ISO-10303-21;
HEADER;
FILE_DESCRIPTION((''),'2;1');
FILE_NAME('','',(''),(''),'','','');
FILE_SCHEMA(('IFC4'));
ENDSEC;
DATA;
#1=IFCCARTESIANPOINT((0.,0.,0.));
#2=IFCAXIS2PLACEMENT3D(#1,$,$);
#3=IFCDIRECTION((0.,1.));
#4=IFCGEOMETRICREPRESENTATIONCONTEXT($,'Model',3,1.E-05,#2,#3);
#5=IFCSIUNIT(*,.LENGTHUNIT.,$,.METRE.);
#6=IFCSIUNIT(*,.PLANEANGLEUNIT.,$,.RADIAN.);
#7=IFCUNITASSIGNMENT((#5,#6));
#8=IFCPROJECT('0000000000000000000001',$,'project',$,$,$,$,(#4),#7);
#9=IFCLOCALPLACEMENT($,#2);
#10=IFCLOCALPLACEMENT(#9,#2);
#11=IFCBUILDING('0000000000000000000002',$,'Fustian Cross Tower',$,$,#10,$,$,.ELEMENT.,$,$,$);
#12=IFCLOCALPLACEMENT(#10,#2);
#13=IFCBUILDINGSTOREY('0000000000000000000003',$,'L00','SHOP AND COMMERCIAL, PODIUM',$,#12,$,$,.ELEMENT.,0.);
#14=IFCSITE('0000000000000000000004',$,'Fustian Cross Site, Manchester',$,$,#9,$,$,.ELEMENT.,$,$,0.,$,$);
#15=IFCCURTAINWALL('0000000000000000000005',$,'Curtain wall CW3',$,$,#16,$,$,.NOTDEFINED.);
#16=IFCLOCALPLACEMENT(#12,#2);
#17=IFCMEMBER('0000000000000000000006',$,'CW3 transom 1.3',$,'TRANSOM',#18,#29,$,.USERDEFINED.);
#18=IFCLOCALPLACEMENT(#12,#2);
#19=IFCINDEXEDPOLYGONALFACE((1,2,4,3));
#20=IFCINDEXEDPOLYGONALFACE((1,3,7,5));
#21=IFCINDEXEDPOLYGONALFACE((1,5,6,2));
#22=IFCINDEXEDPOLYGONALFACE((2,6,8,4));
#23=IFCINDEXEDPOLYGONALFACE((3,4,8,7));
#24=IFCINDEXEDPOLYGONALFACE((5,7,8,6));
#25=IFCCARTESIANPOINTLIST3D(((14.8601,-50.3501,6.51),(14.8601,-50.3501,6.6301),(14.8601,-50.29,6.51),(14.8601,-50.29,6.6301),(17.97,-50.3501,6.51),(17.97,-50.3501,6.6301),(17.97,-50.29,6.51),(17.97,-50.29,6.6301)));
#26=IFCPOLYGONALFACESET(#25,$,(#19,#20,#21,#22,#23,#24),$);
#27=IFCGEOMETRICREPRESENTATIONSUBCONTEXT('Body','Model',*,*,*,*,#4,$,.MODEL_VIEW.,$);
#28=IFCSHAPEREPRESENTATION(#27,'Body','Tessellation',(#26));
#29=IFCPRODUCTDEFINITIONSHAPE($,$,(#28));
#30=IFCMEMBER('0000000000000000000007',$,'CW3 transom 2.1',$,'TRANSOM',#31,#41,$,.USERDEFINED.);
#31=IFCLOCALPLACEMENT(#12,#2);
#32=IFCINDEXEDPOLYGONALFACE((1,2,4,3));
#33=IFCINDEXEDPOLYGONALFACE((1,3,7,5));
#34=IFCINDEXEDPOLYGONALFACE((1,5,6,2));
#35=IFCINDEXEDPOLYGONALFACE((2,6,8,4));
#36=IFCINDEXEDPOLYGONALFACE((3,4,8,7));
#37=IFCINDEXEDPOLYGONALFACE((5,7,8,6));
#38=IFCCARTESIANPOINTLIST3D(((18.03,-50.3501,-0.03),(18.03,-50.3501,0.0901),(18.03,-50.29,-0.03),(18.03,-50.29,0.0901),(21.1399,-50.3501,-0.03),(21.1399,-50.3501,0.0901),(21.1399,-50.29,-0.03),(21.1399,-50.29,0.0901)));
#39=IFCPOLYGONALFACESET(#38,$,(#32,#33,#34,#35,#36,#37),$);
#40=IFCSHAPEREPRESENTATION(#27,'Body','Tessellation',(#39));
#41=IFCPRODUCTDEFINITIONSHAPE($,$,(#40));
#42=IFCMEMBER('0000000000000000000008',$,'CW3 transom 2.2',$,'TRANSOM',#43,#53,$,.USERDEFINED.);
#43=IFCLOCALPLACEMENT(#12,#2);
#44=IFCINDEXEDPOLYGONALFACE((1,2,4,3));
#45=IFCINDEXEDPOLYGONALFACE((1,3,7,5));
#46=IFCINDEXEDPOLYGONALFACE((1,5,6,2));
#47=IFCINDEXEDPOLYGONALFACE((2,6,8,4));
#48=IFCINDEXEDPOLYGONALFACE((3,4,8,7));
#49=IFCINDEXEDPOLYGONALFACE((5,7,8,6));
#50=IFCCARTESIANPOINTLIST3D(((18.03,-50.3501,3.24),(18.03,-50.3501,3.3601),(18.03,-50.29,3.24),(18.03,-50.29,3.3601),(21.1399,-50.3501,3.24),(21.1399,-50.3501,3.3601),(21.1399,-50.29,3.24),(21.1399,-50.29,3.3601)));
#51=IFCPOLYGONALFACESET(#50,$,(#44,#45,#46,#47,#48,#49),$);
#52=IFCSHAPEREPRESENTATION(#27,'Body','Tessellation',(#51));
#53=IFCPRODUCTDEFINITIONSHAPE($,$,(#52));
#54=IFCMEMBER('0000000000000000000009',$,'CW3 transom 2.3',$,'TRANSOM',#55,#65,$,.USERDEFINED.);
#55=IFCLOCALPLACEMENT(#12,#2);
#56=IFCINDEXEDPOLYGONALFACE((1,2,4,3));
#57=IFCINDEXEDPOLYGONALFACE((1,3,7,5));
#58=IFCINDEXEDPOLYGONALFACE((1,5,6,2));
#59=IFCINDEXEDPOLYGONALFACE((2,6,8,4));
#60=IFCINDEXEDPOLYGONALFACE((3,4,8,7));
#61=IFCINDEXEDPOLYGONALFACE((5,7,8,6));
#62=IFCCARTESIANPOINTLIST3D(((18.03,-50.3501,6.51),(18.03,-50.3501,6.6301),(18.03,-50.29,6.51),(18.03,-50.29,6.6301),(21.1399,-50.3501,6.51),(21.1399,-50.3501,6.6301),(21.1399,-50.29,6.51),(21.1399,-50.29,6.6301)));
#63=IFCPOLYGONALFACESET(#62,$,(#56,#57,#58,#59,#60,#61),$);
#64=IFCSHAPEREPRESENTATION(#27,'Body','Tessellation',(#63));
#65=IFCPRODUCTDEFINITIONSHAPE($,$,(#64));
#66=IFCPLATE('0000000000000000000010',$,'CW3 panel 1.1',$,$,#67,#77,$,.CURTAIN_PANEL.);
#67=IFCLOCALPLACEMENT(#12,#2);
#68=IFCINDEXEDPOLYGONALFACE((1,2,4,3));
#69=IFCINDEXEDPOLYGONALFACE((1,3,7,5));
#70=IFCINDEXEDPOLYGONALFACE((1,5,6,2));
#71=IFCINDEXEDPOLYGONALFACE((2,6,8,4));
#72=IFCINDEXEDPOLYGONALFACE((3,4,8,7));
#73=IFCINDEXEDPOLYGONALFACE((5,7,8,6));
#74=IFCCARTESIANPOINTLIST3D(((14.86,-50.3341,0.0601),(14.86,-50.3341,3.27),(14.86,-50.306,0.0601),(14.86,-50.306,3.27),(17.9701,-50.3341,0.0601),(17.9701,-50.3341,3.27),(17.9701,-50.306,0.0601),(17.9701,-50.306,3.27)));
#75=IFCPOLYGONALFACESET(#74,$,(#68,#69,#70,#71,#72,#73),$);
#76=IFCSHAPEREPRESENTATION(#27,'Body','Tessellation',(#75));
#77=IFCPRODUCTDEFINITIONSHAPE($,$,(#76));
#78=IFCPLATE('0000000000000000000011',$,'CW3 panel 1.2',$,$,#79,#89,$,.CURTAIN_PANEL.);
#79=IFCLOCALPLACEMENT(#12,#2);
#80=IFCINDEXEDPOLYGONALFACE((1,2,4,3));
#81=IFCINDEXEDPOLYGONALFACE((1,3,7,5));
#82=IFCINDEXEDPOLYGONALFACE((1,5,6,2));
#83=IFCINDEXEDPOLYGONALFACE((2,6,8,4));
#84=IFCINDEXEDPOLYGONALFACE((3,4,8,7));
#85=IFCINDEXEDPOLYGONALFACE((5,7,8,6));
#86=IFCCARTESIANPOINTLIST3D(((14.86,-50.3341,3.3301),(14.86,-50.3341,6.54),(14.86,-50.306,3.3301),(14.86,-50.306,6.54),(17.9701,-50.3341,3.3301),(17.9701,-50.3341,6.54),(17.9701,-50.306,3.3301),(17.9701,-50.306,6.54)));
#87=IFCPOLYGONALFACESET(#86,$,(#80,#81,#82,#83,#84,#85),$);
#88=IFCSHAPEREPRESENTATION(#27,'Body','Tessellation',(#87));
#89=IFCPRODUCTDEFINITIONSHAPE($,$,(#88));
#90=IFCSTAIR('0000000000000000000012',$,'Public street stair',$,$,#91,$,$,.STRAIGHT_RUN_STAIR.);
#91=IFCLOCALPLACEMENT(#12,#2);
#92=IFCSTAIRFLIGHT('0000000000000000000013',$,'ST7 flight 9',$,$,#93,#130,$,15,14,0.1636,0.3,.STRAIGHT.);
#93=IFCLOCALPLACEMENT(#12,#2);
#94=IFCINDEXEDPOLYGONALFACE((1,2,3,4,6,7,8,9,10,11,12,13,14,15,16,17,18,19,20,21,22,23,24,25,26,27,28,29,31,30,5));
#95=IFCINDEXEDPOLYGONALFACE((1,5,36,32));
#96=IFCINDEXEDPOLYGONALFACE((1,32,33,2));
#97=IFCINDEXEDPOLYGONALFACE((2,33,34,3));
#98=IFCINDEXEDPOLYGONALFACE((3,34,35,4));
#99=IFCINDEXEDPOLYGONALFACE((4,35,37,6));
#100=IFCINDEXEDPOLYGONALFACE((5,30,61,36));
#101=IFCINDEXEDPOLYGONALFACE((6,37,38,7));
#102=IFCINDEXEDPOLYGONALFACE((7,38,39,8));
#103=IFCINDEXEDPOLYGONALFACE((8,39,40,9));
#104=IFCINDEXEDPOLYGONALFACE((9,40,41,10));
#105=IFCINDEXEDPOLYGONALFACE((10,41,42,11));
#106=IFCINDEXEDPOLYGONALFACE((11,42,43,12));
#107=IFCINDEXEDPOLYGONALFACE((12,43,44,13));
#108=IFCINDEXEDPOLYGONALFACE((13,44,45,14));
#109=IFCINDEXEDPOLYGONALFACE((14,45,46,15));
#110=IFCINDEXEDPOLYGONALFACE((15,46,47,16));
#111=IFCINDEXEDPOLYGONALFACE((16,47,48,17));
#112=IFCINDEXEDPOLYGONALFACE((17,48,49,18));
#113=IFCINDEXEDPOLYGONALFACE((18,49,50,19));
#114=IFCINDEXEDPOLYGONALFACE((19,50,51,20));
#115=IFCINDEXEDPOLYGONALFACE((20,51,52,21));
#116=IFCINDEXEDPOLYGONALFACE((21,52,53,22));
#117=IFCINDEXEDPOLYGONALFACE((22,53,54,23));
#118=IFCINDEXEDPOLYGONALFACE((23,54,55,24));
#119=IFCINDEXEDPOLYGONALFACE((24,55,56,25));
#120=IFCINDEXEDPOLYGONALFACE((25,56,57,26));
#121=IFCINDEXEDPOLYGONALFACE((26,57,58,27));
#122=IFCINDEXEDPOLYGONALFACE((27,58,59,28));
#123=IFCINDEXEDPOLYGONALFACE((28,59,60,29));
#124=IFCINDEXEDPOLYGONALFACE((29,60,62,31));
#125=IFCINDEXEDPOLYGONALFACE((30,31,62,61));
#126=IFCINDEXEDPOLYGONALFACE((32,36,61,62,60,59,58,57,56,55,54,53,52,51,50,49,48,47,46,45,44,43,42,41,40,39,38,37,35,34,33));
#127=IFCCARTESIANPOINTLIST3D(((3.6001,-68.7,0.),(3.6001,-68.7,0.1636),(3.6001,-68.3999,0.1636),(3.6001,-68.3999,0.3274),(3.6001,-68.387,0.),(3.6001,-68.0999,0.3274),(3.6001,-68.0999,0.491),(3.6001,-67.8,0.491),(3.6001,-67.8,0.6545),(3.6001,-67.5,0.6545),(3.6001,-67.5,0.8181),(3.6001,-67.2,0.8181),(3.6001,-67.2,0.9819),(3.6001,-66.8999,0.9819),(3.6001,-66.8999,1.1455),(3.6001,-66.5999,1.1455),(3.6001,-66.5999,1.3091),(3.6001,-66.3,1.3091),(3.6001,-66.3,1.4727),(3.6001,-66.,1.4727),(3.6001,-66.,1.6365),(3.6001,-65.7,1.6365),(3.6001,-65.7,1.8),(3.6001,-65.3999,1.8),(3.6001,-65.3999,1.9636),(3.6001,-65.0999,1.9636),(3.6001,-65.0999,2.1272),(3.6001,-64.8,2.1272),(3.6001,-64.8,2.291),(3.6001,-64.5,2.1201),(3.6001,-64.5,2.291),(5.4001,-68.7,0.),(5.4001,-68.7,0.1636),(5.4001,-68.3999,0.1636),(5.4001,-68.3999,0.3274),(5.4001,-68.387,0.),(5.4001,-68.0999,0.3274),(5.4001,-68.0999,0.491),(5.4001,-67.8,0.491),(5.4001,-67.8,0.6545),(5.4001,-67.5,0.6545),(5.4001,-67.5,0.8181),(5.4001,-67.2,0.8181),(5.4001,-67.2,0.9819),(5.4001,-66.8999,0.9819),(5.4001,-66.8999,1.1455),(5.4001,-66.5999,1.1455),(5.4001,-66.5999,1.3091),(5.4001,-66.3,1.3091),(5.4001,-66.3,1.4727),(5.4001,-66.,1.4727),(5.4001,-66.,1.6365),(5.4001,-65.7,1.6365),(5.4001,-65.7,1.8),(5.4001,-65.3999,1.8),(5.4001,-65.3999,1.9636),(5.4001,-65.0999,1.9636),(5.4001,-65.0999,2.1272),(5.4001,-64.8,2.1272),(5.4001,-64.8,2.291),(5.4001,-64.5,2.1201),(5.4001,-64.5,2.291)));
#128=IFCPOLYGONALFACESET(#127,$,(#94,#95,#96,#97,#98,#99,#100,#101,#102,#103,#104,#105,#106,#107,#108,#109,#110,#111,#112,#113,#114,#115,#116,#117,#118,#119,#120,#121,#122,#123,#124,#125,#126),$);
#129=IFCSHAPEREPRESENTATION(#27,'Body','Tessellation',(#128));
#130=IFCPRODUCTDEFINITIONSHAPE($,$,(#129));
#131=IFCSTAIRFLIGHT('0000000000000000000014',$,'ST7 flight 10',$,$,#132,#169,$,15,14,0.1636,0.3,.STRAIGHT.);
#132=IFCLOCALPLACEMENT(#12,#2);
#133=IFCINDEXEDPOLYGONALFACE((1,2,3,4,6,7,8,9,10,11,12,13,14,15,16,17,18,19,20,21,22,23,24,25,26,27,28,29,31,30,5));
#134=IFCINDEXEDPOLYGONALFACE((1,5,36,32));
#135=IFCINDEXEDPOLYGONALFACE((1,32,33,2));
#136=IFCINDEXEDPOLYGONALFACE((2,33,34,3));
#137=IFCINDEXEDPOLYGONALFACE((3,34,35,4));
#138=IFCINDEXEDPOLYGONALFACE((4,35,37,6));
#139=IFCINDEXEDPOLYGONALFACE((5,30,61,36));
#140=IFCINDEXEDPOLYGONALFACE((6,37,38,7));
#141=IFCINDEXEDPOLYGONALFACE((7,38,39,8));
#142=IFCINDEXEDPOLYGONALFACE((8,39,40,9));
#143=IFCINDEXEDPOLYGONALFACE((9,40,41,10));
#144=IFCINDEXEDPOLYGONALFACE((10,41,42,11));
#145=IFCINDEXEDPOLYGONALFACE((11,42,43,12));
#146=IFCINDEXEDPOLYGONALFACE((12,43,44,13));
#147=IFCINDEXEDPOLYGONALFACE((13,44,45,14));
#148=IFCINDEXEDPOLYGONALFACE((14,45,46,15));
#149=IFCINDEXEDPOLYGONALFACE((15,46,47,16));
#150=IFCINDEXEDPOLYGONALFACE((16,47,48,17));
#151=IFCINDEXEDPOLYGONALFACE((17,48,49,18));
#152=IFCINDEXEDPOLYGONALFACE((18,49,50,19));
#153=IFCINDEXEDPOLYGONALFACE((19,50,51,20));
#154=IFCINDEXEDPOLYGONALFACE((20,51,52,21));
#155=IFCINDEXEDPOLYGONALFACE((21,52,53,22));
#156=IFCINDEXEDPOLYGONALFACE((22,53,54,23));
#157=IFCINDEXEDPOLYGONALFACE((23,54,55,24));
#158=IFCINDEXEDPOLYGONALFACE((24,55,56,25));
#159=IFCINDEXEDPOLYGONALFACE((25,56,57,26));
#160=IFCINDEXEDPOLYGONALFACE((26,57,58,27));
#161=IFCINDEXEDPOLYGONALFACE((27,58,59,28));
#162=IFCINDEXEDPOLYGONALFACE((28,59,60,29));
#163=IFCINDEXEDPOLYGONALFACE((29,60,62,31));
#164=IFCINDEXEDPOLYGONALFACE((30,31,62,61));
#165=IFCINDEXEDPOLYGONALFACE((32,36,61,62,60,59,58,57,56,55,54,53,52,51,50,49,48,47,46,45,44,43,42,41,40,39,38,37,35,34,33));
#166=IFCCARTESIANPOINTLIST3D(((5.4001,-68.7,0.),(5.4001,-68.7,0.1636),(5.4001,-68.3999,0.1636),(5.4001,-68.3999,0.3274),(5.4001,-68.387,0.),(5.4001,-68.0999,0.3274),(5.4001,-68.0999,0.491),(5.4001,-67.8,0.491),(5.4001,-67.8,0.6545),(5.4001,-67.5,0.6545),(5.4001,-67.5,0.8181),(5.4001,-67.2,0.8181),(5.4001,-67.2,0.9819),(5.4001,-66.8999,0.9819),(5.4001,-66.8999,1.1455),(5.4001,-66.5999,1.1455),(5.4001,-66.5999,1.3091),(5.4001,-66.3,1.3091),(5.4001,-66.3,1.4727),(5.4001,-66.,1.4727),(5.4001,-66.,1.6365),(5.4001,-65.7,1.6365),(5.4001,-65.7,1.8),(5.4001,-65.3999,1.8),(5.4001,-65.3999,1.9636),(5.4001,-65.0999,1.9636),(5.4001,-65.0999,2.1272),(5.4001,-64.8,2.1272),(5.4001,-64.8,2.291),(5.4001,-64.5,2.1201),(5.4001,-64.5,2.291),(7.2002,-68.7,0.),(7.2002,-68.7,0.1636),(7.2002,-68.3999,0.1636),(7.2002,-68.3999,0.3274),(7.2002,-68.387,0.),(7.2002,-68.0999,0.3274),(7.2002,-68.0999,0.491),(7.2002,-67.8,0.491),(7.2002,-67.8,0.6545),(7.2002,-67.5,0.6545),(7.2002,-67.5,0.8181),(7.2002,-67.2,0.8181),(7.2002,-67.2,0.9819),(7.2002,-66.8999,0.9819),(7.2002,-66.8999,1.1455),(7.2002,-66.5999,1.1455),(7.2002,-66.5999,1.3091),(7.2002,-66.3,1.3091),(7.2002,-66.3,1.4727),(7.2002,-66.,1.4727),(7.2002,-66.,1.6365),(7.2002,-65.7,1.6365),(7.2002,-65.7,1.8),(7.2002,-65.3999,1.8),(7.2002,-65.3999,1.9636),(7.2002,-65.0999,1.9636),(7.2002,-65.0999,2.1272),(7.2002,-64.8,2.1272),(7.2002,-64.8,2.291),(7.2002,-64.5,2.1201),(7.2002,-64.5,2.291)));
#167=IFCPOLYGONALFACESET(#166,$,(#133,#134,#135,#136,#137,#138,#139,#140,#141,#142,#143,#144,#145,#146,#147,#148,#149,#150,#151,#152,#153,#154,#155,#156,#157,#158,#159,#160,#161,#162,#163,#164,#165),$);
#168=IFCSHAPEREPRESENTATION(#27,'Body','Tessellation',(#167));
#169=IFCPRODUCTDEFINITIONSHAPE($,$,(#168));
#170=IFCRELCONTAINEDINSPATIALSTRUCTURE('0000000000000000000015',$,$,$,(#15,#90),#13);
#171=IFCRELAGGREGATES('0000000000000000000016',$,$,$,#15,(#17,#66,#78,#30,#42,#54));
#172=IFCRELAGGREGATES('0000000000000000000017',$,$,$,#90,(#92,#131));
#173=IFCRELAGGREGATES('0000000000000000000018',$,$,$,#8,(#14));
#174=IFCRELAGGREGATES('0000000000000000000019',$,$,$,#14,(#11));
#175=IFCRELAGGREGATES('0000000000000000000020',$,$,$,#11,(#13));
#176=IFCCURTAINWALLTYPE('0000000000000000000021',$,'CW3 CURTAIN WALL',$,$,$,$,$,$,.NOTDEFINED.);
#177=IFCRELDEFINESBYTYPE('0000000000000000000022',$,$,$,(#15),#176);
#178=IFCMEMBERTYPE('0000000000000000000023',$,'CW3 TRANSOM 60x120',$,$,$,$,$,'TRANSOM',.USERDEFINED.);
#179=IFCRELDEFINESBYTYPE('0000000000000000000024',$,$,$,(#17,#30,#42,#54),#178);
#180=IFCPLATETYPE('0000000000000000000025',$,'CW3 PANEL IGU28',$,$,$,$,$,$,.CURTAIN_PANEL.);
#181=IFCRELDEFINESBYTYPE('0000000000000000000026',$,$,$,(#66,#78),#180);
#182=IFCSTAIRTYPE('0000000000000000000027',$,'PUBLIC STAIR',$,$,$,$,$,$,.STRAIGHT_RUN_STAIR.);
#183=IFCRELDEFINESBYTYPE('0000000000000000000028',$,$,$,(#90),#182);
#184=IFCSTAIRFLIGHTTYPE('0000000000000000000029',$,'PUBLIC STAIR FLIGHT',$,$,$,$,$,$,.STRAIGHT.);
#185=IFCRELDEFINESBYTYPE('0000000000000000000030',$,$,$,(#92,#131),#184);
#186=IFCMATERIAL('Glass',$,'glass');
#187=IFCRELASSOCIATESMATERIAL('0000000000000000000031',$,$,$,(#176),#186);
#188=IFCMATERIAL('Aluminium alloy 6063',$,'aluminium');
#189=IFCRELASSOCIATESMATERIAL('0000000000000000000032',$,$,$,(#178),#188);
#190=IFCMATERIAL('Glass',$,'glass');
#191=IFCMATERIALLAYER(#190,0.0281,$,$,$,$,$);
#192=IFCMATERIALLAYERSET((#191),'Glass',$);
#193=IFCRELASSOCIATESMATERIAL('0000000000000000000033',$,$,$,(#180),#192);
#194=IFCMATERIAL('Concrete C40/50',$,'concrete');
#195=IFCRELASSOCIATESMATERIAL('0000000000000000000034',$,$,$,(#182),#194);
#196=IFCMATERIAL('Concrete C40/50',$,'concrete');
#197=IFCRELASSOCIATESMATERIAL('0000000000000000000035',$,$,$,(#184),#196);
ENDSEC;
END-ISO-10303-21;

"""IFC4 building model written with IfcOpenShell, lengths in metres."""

from ifc_helpers import new_model, si_unit, direction, frame, origin, origin_2d, place, context, subcontext, project, spatial, polyline, rectangle, outline, extrude, material, layer, layer_set, material_profile, profile_set, type_object, element, aggregate, save


model = new_model("IFC4")

# Units and contexts
model_context = context("Model", 3, precision=1e-05, world=origin(), true_north=direction((0.0, 1.0)))
body_context = subcontext(model_context, "Body", "Model", "MODEL_VIEW")
ifc_project = project(units=[si_unit("LENGTHUNIT", "METRE"), si_unit("PLANEANGLEUNIT", "RADIAN")], contexts=[model_context])

# Site, building, storey
site_placement = place(None, origin())
site = spatial("IfcSite", under=ifc_project, at=site_placement, Name="Fustian Cross Site, Manchester", CompositionType="ELEMENT", RefElevation=0.0)
building_placement = place(site_placement, origin())
building = spatial("IfcBuilding", under=site, at=building_placement, Name="Fustian Cross Tower", CompositionType="ELEMENT")
storey_placement = place(building_placement, origin())
storey = spatial("IfcBuildingStorey", under=building, at=storey_placement, Name="L00", Description="SHOP AND COMMERCIAL, PODIUM", CompositionType="ELEMENT", Elevation=0.0)

# Curtain wall, members, plates
ifc_material_1 = material(Name="Glass", Category="glass")
curtain_wall_type = type_object("IfcCurtainWallType", Name="CW3 CURTAIN WALL", PredefinedType="NOTDEFINED", material=ifc_material_1)
curtain_wall_placement = place(storey_placement, origin())
curtain_wall = element("IfcCurtainWall", 1, at=curtain_wall_placement, inside=storey, type_object=curtain_wall_type, Name="Curtain wall CW3", PredefinedType="NOTDEFINED")
ifc_material_2 = material(Name="Aluminium alloy 6063", Category="aluminium")
ifc_material_profile_1 = material_profile(ifc_material_2, rectangle(XDim=0.0601, YDim=0.1201, at=origin_2d()), Name="CW3 TRANSOM 60x120")
ifc_profile_set_1 = profile_set([ifc_material_profile_1], Name="Aluminium alloy 6063")
member_type_1 = type_object("IfcMemberType", Name="CW3 TRANSOM 60x120", ElementType="TRANSOM", PredefinedType="USERDEFINED", material=ifc_profile_set_1)
member_1_placement = place(storey_placement, frame((14.8601, -50.3201, 6.5701), z_axis=(1.0, 0.0, 0.0), x_axis=(0.0, 1.0, 0.0)))
member_1 = element("IfcMember", 2, at=member_1_placement, type_object=member_type_1, Name="CW3 transom 1.3", ObjectType="TRANSOM", PredefinedType="USERDEFINED", context=body_context, shape_type="SweptSolid", body=[
    extrude(rectangle(XDim=0.0601, YDim=0.1201, at=origin_2d()), origin(), (0.0, 0.0, 1.0), 3.1099),
])
member_2_placement = place(storey_placement, frame((18.03, -50.3201, 0.03), z_axis=(1.0, 0.0, 0.0), x_axis=(0.0, 1.0, 0.0)))
member_2 = element("IfcMember", 3, at=member_2_placement, type_object=member_type_1, Name="CW3 transom 2.1", ObjectType="TRANSOM", PredefinedType="USERDEFINED", context=body_context, shape_type="SweptSolid", body=[
    extrude(rectangle(XDim=0.0601, YDim=0.1201, at=origin_2d()), origin(), (0.0, 0.0, 1.0), 3.1099),
])
member_3_placement = place(storey_placement, frame((18.03, -50.3201, 3.3), z_axis=(1.0, 0.0, 0.0), x_axis=(0.0, 1.0, 0.0)))
member_3 = element("IfcMember", 4, at=member_3_placement, type_object=member_type_1, Name="CW3 transom 2.2", ObjectType="TRANSOM", PredefinedType="USERDEFINED", context=body_context, shape_type="SweptSolid", body=[
    extrude(rectangle(XDim=0.0601, YDim=0.1201, at=origin_2d()), origin(), (0.0, 0.0, 1.0), 3.1099),
])
member_4_placement = place(storey_placement, frame((18.03, -50.3201, 6.5701), z_axis=(1.0, 0.0, 0.0), x_axis=(0.0, 1.0, 0.0)))
member_4 = element("IfcMember", 5, at=member_4_placement, type_object=member_type_1, Name="CW3 transom 2.3", ObjectType="TRANSOM", PredefinedType="USERDEFINED", context=body_context, shape_type="SweptSolid", body=[
    extrude(rectangle(XDim=0.0601, YDim=0.1201, at=origin_2d()), origin(), (0.0, 0.0, 1.0), 3.1099),
])
ifc_material_3 = material(Name="Glass", Category="glass")
ifc_layer_1 = layer(ifc_material_3, 0.0281)
ifc_layer_set_1 = layer_set([ifc_layer_1], Name="Glass")
plate_type = type_object("IfcPlateType", Name="CW3 PANEL IGU28", PredefinedType="CURTAIN_PANEL", material=ifc_layer_set_1)
plate_1_placement = place(storey_placement, frame((16.415, -50.3201, 0.0601), z_axis=(0.0, 0.0, 1.0), x_axis=(1.0, 0.0, 0.0)))
plate_1 = element("IfcPlate", 6, at=plate_1_placement, type_object=plate_type, Name="CW3 panel 1.1", PredefinedType="CURTAIN_PANEL", context=body_context, shape_type="SweptSolid", body=[
    extrude(rectangle(XDim=3.1101, YDim=0.0281, at=origin_2d()), origin(), (0.0, 0.0, 1.0), 3.21),
])
plate_2_placement = place(storey_placement, frame((16.415, -50.3201, 3.3301), z_axis=(0.0, 0.0, 1.0), x_axis=(1.0, 0.0, 0.0)))
plate_2 = element("IfcPlate", 7, at=plate_2_placement, type_object=plate_type, Name="CW3 panel 1.2", PredefinedType="CURTAIN_PANEL", context=body_context, shape_type="SweptSolid", body=[
    extrude(rectangle(XDim=3.1101, YDim=0.0281, at=origin_2d()), origin(), (0.0, 0.0, 1.0), 3.21),
])
aggregate(curtain_wall, [member_1, plate_1, plate_2, member_2, member_3, member_4])

# Stair, stair flights
ifc_material_4 = material(Name="Concrete C40/50", Category="concrete")
stair_type = type_object("IfcStairType", Name="PUBLIC STAIR", PredefinedType="STRAIGHT_RUN_STAIR", material=ifc_material_4)
stair_placement = place(storey_placement, origin())
stair = element("IfcStair", 8, at=stair_placement, inside=storey, type_object=stair_type, Name="Public street stair", PredefinedType="STRAIGHT_RUN_STAIR")
ifc_material_5 = material(Name="Concrete C40/50", Category="concrete")
stair_flight_type = type_object("IfcStairFlightType", Name="PUBLIC STAIR FLIGHT", PredefinedType="STRAIGHT", material=ifc_material_5)
stair_flight_1_placement = place(storey_placement, frame((4.5, -68.7, 0.0), z_axis=(0.0, 0.0, 1.0), x_axis=(0.0, 1.0, 0.0)))
stair_flight_1 = element("IfcStairFlight", 9, at=stair_flight_1_placement, type_object=stair_flight_type, Name="ST7 flight 9", NumberOfRisers=15, NumberOfTreads=14, PredefinedType="STRAIGHT", RiserHeight=0.1636, TreadLength=0.3, context=body_context, shape_type="SweptSolid", body=[
    extrude(outline(polyline([(0.0, 0.0), (0.0, 0.1636), (0.3, 0.1636), (0.3, 0.3274), (0.6001, 0.3274), (0.6001, 0.491), (0.8999, 0.491), (0.8999, 0.6545), (1.2, 0.6545), (1.2, 0.8181), (1.5, 0.8181), (1.5, 0.9819), (1.8, 0.9819), (1.8, 1.1455), (2.1001, 1.1455), (2.1001, 1.3091), (2.3999, 1.3091), (2.3999, 1.4727), (2.7, 1.4727), (2.7, 1.6365), (3.0, 1.6365), (3.0, 1.8), (3.3, 1.8), (3.3, 1.9636), (3.6001, 1.9636), (3.6001, 2.1272), (3.8999, 2.1272), (3.8999, 2.291), (4.2, 2.291), (4.2, 2.4546), (4.2, 2.1201), (0.313, 0.0), (0.0, 0.0)])), frame((0.0, 0.8999, 0.0), z_axis=(0.0, -1.0, 0.0), x_axis=(1.0, 0.0, 0.0)), (0.0, 0.0, 1.0), 1.8),
])
stair_flight_2_placement = place(storey_placement, frame((6.3, -68.7, 0.0), z_axis=(0.0, 0.0, 1.0), x_axis=(0.0, 1.0, 0.0)))
stair_flight_2 = element("IfcStairFlight", 10, at=stair_flight_2_placement, type_object=stair_flight_type, Name="ST7 flight 10", NumberOfRisers=15, NumberOfTreads=14, PredefinedType="STRAIGHT", RiserHeight=0.1636, TreadLength=0.3, context=body_context, shape_type="SweptSolid", body=[
    extrude(outline(polyline([(0.0, 0.0), (0.0, 0.1636), (0.3, 0.1636), (0.3, 0.3274), (0.6001, 0.3274), (0.6001, 0.491), (0.8999, 0.491), (0.8999, 0.6545), (1.2, 0.6545), (1.2, 0.8181), (1.5, 0.8181), (1.5, 0.9819), (1.8, 0.9819), (1.8, 1.1455), (2.1001, 1.1455), (2.1001, 1.3091), (2.3999, 1.3091), (2.3999, 1.4727), (2.7, 1.4727), (2.7, 1.6365), (3.0, 1.6365), (3.0, 1.8), (3.3, 1.8), (3.3, 1.9636), (3.6001, 1.9636), (3.6001, 2.1272), (3.8999, 2.1272), (3.8999, 2.291), (4.2, 2.291), (4.2, 2.4546), (4.2, 2.1201), (0.313, 0.0), (0.0, 0.0)])), frame((0.0, 0.8999, 0.0), z_axis=(0.0, -1.0, 0.0), x_axis=(1.0, 0.0, 0.0)), (0.0, 0.0, 1.0), 1.8),
])
aggregate(stair, [stair_flight_1, stair_flight_2])

save(model, "model.ifc")
